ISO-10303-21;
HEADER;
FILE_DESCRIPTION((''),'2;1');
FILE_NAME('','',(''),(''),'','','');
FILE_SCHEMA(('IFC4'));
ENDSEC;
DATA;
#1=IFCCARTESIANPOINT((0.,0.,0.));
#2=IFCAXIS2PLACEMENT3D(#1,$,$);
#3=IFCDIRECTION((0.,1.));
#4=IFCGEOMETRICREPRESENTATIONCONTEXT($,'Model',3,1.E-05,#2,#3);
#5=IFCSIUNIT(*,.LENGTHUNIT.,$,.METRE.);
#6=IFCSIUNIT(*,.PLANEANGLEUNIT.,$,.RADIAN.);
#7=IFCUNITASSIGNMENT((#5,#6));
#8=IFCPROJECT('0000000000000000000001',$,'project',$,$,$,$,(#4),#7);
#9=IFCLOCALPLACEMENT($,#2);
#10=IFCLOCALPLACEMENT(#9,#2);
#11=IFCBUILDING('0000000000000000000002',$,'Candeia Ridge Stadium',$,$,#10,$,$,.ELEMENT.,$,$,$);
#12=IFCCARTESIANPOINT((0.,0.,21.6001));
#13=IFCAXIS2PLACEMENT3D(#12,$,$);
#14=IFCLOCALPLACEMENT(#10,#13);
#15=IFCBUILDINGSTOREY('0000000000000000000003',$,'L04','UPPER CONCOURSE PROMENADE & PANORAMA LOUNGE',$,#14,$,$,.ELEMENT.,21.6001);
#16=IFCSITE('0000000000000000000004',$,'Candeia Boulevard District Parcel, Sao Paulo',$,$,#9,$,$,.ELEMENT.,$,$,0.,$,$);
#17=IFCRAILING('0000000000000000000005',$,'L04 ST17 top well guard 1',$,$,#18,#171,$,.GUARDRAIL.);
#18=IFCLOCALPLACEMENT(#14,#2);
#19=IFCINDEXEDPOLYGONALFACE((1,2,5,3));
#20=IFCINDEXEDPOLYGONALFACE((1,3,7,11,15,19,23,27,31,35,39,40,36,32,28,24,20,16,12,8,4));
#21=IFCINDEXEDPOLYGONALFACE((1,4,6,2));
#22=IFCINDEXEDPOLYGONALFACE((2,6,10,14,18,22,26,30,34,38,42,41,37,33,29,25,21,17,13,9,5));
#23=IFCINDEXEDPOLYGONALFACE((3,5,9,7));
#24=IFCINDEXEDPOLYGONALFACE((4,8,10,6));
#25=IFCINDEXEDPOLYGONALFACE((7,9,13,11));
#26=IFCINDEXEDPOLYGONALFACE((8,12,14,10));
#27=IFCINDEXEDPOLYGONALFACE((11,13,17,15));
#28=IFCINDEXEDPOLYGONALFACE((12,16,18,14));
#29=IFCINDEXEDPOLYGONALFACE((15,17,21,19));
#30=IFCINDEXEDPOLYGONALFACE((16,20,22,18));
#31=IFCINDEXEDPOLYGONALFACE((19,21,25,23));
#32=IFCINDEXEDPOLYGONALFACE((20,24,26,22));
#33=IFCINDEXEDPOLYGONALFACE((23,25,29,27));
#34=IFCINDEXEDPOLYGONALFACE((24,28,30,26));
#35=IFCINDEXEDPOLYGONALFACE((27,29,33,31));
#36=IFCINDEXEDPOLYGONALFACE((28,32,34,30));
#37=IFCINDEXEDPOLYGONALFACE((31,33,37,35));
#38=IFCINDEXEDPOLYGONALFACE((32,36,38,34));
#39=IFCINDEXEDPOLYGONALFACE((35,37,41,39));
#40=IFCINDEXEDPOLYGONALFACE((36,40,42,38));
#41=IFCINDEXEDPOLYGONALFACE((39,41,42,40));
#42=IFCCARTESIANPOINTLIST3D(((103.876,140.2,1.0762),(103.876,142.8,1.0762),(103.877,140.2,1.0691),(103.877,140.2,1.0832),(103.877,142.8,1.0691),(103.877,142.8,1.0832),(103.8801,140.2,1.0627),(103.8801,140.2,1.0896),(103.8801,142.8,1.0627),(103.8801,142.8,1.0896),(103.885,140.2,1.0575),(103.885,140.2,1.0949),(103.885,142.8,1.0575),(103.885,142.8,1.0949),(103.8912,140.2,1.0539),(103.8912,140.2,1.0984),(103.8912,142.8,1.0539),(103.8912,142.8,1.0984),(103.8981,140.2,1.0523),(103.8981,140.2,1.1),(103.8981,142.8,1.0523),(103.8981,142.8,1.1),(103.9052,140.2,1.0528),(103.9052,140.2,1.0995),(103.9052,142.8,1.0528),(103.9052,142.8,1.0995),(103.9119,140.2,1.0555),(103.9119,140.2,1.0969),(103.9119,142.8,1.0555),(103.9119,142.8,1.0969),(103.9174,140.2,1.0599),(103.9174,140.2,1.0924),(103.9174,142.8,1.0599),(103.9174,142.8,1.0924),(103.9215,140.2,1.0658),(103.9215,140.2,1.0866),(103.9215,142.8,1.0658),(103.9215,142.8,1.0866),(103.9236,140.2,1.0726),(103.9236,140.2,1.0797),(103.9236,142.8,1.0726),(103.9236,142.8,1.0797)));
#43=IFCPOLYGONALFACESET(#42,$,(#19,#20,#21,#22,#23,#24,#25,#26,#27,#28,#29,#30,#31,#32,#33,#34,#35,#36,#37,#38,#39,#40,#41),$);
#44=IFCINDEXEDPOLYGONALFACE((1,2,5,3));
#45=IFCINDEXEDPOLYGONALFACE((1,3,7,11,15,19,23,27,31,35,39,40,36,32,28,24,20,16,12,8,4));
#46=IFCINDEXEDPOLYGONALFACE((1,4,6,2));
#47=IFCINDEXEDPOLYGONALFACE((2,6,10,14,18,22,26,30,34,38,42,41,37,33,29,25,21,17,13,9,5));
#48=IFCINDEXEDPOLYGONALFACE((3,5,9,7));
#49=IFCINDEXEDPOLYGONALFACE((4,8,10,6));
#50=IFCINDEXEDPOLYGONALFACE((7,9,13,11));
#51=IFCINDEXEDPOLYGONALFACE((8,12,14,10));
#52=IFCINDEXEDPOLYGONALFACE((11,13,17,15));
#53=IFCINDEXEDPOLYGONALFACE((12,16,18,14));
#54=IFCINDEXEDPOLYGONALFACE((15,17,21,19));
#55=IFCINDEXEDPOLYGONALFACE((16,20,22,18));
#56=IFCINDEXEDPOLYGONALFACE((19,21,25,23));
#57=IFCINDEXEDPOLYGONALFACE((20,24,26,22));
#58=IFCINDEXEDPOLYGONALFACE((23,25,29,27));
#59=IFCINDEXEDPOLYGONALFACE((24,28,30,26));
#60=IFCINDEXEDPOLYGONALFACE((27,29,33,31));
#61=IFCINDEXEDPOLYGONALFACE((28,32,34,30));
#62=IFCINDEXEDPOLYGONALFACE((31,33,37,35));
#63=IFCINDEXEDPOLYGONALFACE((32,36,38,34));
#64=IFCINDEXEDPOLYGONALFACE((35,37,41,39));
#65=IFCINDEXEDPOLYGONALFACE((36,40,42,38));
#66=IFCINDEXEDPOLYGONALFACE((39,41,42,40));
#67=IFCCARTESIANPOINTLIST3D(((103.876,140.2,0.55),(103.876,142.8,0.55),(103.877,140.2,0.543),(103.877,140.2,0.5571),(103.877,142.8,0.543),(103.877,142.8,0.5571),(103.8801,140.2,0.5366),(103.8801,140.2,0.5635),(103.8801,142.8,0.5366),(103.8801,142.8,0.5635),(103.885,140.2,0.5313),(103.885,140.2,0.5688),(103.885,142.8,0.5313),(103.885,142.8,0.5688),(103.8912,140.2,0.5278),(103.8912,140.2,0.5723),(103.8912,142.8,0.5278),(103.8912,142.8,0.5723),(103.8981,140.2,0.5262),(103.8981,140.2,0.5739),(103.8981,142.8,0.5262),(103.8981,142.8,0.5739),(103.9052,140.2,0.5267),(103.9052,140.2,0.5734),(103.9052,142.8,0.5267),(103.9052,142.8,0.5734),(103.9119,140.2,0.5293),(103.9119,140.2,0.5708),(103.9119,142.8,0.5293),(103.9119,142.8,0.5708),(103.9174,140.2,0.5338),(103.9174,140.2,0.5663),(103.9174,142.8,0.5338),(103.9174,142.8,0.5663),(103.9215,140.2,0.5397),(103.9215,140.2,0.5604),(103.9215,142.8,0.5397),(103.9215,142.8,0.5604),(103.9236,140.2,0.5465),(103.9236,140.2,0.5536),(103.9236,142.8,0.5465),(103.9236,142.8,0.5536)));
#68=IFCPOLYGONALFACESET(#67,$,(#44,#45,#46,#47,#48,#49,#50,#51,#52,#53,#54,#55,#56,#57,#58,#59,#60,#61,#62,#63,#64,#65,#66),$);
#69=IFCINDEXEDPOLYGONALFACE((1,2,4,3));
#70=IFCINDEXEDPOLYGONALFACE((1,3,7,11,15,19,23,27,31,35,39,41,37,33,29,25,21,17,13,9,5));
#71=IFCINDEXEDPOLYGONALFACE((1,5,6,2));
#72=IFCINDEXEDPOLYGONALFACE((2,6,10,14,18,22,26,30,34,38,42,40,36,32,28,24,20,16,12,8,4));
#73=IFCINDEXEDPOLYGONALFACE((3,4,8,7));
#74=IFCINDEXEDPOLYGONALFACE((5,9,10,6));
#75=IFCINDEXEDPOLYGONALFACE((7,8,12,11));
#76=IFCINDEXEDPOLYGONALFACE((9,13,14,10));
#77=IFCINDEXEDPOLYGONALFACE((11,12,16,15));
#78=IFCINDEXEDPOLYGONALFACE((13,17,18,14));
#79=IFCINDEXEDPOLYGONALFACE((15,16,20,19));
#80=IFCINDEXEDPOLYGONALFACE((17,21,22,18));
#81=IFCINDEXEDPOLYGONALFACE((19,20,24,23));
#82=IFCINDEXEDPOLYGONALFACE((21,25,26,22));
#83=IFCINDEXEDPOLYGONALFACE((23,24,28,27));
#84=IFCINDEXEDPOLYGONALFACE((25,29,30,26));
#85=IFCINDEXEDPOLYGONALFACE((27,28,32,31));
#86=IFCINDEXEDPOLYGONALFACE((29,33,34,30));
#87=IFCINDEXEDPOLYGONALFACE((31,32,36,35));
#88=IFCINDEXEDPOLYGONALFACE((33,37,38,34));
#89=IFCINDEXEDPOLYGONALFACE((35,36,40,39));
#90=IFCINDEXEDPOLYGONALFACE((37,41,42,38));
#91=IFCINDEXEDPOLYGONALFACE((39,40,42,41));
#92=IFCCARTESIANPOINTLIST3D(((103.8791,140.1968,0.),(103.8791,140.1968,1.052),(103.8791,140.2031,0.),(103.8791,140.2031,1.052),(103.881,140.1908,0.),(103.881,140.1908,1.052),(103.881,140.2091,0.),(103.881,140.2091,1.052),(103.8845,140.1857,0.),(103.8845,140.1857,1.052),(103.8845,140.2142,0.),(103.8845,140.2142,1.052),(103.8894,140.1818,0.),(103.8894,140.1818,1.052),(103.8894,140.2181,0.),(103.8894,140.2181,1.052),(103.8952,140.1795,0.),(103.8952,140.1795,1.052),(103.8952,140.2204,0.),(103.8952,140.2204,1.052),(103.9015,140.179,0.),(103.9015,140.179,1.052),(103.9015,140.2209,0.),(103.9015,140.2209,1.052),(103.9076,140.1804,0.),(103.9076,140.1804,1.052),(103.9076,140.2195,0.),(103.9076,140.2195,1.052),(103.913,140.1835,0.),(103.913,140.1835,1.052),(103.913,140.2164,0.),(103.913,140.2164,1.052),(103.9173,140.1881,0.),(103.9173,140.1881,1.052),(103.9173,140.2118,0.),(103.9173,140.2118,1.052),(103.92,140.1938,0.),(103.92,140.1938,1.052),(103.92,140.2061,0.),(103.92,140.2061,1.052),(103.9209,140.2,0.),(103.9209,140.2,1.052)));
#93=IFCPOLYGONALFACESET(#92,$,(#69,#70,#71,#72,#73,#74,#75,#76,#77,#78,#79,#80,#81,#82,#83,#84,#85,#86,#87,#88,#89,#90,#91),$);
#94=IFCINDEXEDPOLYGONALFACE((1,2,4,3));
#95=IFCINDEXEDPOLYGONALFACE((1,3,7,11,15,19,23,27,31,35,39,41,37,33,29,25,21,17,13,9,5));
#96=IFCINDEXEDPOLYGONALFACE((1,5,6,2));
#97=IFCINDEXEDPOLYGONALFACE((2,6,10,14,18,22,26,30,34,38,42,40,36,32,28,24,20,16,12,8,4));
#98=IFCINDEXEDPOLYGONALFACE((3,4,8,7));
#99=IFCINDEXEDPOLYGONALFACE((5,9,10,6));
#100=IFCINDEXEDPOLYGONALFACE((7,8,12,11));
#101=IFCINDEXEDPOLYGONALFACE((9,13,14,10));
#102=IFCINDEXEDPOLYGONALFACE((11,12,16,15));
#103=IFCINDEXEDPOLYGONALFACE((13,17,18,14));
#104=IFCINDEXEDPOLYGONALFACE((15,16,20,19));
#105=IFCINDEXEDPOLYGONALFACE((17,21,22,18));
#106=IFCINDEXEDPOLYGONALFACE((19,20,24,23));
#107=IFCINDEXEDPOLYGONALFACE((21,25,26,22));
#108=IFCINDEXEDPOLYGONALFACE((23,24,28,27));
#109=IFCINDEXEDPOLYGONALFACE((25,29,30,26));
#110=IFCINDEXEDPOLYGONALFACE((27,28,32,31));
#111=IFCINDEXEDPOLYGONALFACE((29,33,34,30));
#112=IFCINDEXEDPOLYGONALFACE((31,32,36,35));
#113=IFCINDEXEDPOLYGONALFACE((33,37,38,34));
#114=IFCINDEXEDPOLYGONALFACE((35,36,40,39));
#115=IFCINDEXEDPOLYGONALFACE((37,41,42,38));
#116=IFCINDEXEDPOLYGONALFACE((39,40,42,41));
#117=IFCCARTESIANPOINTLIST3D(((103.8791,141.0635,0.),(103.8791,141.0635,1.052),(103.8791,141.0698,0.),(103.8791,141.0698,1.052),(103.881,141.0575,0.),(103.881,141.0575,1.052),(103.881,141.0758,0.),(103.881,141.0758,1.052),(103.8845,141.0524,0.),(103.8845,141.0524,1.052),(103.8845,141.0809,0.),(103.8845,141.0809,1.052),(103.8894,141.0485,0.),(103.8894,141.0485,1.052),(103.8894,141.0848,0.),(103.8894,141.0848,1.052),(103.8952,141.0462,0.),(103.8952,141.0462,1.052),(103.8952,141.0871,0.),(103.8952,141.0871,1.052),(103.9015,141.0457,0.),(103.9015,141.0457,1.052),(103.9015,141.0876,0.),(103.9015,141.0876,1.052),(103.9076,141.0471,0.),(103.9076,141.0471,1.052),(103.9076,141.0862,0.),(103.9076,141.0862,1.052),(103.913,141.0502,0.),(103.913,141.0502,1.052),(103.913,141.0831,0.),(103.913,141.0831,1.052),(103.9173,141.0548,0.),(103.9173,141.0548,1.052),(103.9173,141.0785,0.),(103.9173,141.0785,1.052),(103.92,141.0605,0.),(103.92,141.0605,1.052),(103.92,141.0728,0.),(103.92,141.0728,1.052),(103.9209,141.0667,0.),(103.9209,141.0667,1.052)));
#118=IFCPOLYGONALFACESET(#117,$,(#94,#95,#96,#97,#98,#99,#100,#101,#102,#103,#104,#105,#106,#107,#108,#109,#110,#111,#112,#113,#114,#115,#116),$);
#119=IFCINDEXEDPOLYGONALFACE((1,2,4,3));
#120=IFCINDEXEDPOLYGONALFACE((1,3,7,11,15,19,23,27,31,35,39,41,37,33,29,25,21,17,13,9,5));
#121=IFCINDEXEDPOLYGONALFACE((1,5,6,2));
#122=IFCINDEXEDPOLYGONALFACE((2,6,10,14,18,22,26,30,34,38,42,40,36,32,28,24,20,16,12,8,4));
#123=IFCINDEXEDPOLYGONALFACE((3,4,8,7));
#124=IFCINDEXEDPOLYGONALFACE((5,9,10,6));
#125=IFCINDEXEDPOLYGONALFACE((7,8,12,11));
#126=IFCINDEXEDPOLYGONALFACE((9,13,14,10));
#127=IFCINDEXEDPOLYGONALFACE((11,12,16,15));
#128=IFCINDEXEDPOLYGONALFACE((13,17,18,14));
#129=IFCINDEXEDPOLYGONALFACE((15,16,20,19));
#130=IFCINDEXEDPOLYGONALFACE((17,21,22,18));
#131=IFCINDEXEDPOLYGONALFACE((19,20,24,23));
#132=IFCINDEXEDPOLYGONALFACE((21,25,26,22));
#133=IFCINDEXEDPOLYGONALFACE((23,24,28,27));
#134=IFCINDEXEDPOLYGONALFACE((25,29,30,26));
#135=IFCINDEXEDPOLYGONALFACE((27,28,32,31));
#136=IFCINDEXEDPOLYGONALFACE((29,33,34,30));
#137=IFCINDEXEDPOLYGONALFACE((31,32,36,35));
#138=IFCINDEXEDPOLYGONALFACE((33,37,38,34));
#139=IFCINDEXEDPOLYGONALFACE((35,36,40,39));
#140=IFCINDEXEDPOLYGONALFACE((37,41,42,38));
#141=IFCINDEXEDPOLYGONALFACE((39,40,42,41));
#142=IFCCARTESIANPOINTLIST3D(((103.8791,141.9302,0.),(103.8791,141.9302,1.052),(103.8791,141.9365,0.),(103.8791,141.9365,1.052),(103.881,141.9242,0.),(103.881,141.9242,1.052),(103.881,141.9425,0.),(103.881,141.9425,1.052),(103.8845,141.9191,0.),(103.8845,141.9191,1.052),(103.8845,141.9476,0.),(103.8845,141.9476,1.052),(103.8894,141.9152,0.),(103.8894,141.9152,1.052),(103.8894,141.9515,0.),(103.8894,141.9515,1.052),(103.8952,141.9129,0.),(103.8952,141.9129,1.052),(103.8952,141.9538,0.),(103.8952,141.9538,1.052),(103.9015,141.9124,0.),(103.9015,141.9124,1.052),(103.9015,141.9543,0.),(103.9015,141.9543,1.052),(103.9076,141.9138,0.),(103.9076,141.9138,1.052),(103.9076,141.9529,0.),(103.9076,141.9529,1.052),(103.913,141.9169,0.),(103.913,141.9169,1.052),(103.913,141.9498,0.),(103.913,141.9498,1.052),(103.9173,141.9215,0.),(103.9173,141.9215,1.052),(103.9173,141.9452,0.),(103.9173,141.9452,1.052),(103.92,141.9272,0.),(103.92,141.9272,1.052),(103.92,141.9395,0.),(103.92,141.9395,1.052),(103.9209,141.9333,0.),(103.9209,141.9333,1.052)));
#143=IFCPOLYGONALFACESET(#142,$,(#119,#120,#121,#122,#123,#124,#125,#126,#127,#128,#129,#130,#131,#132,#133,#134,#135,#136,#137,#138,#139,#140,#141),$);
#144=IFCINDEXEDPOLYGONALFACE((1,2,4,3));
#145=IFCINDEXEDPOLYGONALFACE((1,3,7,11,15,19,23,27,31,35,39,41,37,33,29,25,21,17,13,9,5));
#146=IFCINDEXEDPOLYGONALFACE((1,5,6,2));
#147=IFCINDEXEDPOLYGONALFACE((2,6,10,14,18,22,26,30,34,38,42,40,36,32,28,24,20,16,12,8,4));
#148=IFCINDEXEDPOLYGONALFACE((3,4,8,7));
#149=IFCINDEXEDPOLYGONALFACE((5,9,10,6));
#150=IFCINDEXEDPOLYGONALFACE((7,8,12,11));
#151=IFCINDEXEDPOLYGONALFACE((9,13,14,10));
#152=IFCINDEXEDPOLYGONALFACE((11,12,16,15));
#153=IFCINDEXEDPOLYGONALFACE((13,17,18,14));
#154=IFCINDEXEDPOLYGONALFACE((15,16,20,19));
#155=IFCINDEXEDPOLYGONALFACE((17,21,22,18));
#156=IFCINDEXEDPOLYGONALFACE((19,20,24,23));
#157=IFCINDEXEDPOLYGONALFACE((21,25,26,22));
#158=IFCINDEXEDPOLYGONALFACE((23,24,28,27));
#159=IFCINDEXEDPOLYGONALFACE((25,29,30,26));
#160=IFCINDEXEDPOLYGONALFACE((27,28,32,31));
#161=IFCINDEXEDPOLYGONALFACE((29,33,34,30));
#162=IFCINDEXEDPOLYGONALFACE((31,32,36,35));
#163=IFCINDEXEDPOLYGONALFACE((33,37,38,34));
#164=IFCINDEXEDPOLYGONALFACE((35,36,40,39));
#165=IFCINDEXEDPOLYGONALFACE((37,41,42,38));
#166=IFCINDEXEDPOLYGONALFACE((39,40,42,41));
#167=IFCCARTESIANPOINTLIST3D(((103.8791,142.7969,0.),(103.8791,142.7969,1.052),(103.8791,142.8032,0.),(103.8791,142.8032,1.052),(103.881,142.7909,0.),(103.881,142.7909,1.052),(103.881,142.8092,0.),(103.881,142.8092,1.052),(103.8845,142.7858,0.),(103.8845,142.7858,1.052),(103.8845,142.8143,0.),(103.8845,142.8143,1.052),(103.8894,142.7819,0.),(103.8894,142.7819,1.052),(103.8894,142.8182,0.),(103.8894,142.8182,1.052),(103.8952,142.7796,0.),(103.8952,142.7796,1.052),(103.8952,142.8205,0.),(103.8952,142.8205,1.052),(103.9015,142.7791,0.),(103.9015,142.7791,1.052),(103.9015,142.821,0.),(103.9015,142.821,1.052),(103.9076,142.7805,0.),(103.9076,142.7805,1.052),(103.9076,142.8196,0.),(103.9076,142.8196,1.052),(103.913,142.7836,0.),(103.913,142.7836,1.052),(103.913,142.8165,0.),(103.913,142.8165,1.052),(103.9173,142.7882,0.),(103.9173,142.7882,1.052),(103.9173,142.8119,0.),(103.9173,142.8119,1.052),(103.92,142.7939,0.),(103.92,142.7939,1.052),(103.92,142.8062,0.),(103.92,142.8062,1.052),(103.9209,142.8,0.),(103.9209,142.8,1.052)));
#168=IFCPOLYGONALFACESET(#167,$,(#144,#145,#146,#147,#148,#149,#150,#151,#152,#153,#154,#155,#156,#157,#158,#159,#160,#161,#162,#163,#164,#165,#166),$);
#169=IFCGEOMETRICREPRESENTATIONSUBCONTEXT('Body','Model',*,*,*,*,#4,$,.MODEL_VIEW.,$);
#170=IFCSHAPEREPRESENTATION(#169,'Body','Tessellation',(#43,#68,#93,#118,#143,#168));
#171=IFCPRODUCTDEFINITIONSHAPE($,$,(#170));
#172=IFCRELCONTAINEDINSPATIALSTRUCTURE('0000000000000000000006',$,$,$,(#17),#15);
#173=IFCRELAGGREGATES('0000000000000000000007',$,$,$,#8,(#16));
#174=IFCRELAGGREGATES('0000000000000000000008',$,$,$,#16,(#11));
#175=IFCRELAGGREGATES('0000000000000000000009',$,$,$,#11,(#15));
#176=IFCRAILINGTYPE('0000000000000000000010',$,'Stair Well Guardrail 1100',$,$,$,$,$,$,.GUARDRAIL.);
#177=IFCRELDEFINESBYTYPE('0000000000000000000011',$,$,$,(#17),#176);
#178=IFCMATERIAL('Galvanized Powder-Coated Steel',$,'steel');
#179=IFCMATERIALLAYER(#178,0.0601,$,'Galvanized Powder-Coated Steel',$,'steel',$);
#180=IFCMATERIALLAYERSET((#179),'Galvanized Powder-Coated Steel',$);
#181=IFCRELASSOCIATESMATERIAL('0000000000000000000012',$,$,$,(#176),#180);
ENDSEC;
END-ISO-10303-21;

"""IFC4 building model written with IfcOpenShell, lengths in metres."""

from ifc_helpers import new_model, si_unit, direction, frame, origin, origin_2d, place, context, subcontext, project, spatial, circle, extrude, material, layer, layer_set, type_object, element, save


model = new_model("IFC4")

# Units and contexts
model_context = context("Model", 3, precision=1e-05, world=origin(), true_north=direction((0.0, 1.0)))
body_context = subcontext(model_context, "Body", "Model", "MODEL_VIEW")
ifc_project = project(units=[si_unit("LENGTHUNIT", "METRE"), si_unit("PLANEANGLEUNIT", "RADIAN")], contexts=[model_context])

# Site, building, storey
site_placement = place(None, origin())
site = spatial("IfcSite", under=ifc_project, at=site_placement, Name="Candeia Boulevard District Parcel, Sao Paulo", CompositionType="ELEMENT", RefElevation=0.0)
building_placement = place(site_placement, origin())
building = spatial("IfcBuilding", under=site, at=building_placement, Name="Candeia Ridge Stadium", CompositionType="ELEMENT")
storey_placement = place(building_placement, frame((0.0, 0.0, 21.6001)))
storey = spatial("IfcBuildingStorey", under=building, at=storey_placement, Name="L04", Description="UPPER CONCOURSE PROMENADE & PANORAMA LOUNGE", CompositionType="ELEMENT", Elevation=21.6001)

# Railing
ifc_material_1 = material(Name="Galvanized Powder-Coated Steel", Category="steel")
ifc_layer_1 = layer(ifc_material_1, 0.0601, Name="Galvanized Powder-Coated Steel", Category="steel")
ifc_layer_set_1 = layer_set([ifc_layer_1], Name="Galvanized Powder-Coated Steel")
railing_type_1 = type_object("IfcRailingType", Name="Stair Well Guardrail 1100", PredefinedType="GUARDRAIL", material=ifc_layer_set_1)
railing_1_placement = place(storey_placement, frame((103.8999, 140.2, 0.0)))
element("IfcRailing", 1, at=railing_1_placement, inside=storey, type_object=railing_type_1, Name="L04 ST17 top well guard 1", PredefinedType="GUARDRAIL", context=body_context, shape_type="SweptSolid", body=[
    extrude(circle(Radius=0.0239, at=origin_2d()), frame((0.0, 0.0, 1.0762), z_axis=(0.0, 1.0, 0.0), x_axis=(-1.0, 0.0, 0.0)), (0.0, 0.0, 1.0), 2.6001),
    extrude(circle(Radius=0.0239, at=origin_2d()), frame((0.0, 0.0, 0.55), z_axis=(0.0, 1.0, 0.0), x_axis=(-1.0, 0.0, 0.0)), (0.0, 0.0, 1.0), 2.6001),
    extrude(circle(Radius=0.021, at=origin_2d()), origin(), (0.0, 0.0, 1.0), 1.052),
    extrude(circle(Radius=0.021, at=origin_2d()), frame((0.0, 0.8667, 0.0)), (0.0, 0.0, 1.0), 1.052),
    extrude(circle(Radius=0.021, at=origin_2d()), frame((0.0, 1.7334, 0.0)), (0.0, 0.0, 1.0), 1.052),
    extrude(circle(Radius=0.021, at=origin_2d()), frame((0.0, 2.6001, 0.0)), (0.0, 0.0, 1.0), 1.052),
])

save(model, "model.ifc")
